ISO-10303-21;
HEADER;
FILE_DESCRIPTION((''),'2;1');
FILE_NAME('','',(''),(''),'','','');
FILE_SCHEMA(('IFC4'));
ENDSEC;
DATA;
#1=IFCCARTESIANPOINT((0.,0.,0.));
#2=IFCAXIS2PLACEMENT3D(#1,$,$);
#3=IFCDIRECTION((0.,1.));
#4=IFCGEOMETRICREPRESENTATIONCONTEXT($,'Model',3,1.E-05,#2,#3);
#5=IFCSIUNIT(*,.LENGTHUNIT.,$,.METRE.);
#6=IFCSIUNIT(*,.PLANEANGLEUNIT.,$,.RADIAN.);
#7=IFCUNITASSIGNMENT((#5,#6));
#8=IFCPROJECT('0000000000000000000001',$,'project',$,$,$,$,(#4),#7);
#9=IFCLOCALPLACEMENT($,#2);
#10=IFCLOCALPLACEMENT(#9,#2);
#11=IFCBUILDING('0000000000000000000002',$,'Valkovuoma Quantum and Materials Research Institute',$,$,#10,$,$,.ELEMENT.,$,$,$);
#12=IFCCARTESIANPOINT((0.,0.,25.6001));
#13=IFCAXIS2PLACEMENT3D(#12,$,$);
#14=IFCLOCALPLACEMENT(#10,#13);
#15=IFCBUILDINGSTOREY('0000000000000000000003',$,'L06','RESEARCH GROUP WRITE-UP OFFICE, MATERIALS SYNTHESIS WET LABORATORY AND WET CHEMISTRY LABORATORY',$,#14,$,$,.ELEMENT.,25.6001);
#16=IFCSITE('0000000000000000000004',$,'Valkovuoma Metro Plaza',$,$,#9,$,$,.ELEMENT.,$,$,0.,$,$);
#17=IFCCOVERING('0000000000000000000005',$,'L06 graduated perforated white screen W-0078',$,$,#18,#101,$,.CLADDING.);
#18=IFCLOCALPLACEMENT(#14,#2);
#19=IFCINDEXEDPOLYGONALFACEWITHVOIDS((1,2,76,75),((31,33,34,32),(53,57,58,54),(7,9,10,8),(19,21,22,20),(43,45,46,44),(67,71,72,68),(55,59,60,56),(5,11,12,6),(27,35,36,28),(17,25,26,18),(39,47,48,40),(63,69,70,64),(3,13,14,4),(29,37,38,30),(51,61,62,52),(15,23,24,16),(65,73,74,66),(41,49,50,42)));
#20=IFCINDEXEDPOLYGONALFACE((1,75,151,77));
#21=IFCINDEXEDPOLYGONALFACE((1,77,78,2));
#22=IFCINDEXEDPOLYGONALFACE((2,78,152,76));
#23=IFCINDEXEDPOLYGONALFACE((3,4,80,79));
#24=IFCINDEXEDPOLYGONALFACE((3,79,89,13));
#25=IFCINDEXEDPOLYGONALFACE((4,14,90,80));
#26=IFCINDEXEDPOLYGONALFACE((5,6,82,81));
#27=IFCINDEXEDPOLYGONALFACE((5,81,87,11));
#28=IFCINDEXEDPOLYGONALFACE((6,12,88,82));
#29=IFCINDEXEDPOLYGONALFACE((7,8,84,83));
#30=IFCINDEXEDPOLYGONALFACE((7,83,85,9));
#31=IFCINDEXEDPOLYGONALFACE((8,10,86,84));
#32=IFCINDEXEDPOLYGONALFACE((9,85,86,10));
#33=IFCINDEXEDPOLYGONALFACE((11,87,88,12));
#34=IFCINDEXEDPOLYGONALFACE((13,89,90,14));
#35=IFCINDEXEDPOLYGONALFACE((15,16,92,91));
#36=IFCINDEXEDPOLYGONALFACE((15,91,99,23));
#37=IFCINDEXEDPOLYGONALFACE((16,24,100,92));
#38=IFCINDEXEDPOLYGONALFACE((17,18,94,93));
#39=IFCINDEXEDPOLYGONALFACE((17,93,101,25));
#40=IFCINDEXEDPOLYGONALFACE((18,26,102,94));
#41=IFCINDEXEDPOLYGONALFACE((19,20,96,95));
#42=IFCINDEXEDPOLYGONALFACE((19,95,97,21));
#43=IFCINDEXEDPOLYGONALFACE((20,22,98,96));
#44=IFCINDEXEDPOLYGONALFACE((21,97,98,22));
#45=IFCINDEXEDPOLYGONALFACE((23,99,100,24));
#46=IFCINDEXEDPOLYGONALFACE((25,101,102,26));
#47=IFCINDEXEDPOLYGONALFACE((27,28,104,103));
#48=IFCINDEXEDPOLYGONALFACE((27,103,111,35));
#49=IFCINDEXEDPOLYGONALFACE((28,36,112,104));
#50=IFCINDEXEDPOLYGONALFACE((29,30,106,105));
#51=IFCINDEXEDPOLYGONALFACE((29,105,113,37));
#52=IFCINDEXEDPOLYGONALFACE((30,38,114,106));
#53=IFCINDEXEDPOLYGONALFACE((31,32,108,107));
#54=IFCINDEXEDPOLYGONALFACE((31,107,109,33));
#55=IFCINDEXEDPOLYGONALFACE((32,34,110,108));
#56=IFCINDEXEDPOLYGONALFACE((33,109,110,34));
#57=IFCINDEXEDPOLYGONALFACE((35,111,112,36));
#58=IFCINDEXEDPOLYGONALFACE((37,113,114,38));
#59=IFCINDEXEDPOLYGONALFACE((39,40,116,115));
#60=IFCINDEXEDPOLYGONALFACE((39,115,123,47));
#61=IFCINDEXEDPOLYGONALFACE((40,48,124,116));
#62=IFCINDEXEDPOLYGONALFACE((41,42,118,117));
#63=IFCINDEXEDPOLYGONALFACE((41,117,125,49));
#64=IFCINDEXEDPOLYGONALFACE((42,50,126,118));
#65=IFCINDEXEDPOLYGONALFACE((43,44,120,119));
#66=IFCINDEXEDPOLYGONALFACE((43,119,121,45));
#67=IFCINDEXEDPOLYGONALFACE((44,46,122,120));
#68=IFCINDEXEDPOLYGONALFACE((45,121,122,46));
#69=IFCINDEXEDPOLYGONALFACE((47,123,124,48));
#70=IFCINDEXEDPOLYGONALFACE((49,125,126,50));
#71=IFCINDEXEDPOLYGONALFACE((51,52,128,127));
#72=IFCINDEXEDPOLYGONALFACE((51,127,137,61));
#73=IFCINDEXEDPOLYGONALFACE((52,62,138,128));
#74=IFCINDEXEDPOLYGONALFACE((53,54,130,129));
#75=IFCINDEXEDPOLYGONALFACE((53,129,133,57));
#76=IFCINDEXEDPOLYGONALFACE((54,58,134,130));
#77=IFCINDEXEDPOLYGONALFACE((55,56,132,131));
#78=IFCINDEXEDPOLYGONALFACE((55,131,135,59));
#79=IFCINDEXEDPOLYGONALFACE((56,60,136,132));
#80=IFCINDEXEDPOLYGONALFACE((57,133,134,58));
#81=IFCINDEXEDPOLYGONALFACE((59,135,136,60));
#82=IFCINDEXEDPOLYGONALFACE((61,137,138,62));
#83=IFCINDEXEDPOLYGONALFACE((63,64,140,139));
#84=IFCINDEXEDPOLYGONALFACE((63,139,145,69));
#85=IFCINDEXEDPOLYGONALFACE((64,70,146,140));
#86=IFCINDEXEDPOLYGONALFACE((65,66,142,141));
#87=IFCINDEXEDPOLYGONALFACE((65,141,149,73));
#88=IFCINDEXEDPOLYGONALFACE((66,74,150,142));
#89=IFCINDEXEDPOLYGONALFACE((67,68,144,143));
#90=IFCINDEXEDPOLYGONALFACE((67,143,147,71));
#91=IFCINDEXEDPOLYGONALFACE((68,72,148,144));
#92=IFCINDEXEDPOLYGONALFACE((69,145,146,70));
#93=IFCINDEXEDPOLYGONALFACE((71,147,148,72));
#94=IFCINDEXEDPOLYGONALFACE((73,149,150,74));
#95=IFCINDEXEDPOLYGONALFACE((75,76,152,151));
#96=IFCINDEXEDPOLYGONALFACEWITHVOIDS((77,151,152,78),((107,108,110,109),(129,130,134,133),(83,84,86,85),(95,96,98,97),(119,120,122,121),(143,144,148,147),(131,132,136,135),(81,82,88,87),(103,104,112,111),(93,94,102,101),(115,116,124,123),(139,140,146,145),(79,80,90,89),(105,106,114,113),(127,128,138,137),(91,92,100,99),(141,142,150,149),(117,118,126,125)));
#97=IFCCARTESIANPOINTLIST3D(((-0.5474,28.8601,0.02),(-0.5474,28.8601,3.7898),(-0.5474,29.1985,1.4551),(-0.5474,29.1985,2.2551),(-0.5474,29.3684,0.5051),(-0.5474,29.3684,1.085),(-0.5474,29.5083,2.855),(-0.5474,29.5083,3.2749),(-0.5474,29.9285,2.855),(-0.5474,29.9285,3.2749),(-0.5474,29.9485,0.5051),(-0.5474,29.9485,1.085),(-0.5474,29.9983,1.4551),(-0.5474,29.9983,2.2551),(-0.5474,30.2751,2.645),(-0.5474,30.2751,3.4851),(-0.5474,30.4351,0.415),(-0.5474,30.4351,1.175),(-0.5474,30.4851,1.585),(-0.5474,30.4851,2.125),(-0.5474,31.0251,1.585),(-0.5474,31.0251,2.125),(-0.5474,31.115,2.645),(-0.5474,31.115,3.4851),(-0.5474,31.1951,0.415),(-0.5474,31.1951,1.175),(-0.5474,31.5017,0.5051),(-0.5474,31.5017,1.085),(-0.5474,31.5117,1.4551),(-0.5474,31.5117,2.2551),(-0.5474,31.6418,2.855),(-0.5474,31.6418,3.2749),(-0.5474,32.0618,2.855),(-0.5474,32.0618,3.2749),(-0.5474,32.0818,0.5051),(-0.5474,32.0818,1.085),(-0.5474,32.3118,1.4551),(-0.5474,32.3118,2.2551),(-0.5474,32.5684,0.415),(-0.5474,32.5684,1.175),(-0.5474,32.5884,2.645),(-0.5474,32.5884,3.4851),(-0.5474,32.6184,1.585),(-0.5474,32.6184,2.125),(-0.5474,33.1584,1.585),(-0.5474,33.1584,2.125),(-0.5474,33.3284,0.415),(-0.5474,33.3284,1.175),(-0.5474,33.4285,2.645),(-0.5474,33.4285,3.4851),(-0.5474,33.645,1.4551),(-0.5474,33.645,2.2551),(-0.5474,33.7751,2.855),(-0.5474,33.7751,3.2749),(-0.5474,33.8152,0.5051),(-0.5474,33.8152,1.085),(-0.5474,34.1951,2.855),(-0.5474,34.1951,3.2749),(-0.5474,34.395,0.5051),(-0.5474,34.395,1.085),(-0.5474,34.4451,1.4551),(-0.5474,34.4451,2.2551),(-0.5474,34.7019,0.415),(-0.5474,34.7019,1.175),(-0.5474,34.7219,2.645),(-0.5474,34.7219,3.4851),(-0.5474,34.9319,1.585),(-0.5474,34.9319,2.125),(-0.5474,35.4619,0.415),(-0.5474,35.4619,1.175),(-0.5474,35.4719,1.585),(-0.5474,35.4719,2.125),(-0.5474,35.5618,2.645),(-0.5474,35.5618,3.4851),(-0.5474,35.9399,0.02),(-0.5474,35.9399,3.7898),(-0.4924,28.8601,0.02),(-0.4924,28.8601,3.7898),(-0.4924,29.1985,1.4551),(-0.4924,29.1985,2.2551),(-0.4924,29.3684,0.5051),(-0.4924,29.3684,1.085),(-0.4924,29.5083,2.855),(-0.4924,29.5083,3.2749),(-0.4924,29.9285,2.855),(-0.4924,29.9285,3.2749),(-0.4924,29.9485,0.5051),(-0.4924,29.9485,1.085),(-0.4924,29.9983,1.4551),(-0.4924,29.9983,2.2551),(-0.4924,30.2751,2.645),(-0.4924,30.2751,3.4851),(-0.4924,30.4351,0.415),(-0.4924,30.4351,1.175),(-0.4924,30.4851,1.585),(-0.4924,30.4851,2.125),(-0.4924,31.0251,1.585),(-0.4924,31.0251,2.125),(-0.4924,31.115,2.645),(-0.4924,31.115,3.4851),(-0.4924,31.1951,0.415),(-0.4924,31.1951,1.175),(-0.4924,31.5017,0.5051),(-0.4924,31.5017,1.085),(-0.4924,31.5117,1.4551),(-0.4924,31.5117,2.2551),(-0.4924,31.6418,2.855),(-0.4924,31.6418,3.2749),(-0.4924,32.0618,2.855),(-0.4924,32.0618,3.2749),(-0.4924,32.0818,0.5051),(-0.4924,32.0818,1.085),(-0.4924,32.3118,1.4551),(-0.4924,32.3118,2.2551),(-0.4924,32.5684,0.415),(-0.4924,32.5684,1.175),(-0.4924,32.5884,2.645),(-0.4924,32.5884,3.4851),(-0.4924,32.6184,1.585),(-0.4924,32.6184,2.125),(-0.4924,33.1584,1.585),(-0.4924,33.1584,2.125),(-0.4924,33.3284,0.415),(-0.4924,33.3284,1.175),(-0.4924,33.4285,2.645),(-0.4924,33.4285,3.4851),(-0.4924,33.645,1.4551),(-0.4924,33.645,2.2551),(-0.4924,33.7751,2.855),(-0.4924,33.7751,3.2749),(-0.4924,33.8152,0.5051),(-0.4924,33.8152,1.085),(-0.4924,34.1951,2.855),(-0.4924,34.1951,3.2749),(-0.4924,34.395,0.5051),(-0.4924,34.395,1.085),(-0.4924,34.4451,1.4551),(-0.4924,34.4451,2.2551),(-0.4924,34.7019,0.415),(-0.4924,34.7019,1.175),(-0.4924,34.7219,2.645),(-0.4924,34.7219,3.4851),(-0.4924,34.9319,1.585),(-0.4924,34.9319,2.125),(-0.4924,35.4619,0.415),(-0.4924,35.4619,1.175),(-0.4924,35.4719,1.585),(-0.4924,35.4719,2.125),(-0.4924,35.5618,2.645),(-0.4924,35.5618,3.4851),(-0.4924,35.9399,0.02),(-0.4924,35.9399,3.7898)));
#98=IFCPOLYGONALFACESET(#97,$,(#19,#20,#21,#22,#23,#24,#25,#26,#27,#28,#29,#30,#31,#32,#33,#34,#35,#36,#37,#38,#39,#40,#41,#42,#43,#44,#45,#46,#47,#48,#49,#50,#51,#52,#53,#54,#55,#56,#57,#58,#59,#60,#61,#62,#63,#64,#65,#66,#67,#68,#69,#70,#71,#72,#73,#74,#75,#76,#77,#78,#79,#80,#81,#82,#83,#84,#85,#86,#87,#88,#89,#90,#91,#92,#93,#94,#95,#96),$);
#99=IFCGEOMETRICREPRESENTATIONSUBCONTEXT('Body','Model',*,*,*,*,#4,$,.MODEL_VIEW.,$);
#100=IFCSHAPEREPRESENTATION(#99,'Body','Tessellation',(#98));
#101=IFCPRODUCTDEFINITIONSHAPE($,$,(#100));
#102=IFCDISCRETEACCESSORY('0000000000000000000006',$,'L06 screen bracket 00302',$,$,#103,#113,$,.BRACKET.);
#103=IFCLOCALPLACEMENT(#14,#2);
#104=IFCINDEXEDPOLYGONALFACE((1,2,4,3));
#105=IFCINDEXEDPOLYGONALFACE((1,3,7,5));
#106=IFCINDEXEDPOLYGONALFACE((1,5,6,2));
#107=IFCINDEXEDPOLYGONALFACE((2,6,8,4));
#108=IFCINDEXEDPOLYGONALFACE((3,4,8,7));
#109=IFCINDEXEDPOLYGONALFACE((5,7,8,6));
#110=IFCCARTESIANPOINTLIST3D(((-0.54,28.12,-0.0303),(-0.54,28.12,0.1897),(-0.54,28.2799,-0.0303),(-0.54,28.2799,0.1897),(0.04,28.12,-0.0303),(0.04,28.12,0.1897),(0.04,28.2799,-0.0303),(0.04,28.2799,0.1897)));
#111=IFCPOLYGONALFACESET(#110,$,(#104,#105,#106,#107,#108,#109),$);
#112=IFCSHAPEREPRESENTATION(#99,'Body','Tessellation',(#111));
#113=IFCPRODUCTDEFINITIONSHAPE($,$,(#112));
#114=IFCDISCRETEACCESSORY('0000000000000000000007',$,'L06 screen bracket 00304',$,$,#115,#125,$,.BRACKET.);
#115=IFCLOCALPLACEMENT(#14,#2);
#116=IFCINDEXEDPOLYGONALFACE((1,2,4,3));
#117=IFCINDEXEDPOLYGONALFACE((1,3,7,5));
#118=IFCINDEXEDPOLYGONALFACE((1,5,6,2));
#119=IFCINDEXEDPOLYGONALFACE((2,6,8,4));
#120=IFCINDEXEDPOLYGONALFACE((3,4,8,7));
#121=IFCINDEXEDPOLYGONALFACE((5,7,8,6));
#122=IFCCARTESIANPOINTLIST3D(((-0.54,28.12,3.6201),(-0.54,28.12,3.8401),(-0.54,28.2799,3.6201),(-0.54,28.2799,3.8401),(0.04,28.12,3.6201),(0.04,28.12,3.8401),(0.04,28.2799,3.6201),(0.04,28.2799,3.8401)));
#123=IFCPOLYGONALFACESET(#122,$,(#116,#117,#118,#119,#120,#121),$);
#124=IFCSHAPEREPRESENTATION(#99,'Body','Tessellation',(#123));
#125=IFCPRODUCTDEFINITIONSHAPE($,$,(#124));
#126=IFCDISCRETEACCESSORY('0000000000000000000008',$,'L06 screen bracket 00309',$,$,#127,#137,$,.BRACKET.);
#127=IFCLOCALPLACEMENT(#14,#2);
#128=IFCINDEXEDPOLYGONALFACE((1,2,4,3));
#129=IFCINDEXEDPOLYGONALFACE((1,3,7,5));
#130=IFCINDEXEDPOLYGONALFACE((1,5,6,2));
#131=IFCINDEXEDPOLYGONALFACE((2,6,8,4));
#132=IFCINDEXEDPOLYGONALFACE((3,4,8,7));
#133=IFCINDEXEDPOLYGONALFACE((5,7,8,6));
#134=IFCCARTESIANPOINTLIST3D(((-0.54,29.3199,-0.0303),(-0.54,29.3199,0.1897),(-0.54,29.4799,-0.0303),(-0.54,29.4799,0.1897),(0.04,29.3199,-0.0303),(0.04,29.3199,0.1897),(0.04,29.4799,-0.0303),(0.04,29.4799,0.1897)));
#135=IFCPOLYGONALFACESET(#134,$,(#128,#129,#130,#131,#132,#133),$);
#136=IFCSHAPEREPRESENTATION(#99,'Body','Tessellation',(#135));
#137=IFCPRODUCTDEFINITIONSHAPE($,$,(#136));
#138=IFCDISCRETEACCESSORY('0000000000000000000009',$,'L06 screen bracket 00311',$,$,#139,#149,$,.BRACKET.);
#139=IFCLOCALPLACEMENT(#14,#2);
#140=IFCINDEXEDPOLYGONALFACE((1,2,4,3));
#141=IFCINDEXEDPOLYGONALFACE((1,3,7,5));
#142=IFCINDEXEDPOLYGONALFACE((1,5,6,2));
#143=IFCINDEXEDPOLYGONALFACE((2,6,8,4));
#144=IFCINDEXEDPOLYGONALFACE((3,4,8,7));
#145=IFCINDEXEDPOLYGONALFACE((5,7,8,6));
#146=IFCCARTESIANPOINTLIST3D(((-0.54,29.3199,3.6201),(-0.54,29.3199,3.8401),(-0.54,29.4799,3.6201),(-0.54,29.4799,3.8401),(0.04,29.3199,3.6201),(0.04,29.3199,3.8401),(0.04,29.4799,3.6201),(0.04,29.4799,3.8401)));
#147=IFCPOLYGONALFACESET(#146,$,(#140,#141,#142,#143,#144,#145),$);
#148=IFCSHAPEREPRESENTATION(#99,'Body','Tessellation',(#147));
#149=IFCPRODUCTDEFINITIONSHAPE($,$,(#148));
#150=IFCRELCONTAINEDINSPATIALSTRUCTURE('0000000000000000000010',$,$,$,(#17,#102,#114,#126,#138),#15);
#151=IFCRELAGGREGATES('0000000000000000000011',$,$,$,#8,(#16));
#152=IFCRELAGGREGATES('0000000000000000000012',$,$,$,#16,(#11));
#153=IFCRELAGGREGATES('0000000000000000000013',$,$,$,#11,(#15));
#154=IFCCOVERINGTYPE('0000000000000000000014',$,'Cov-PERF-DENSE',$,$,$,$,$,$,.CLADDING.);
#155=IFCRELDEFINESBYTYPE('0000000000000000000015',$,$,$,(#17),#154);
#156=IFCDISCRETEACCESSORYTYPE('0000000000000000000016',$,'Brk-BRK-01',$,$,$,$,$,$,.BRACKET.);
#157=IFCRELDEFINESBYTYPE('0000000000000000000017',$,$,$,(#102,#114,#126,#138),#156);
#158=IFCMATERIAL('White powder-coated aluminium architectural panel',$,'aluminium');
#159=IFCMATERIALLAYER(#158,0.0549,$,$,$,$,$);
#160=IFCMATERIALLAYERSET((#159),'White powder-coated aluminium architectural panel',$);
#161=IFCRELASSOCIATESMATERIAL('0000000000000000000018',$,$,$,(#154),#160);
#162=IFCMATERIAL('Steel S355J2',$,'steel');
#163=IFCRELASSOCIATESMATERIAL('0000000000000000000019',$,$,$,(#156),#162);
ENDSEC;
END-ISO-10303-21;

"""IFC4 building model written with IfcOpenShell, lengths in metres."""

from ifc_helpers import new_model, si_unit, direction, frame, origin, origin_2d, place, context, subcontext, project, spatial, polyline, rectangle, outline, extrude, material, layer, layer_set, type_object, element, save


model = new_model("IFC4")

# Units and contexts
model_context = context("Model", 3, precision=1e-05, world=origin(), true_north=direction((0.0, 1.0)))
body_context = subcontext(model_context, "Body", "Model", "MODEL_VIEW")
ifc_project = project(units=[si_unit("LENGTHUNIT", "METRE"), si_unit("PLANEANGLEUNIT", "RADIAN")], contexts=[model_context])

# Site, building, storey
site_placement = place(None, origin())
site = spatial("IfcSite", under=ifc_project, at=site_placement, Name="Valkovuoma Metro Plaza", CompositionType="ELEMENT", RefElevation=0.0)
building_placement = place(site_placement, origin())
building = spatial("IfcBuilding", under=site, at=building_placement, Name="Valkovuoma Quantum and Materials Research Institute", CompositionType="ELEMENT")
storey_placement = place(building_placement, frame((0.0, 0.0, 25.6001)))
storey = spatial("IfcBuildingStorey", under=building, at=storey_placement, Name="L06", Description="RESEARCH GROUP WRITE-UP OFFICE, MATERIALS SYNTHESIS WET LABORATORY AND WET CHEMISTRY LABORATORY", CompositionType="ELEMENT", Elevation=25.6001)

# Covering
ifc_material_1 = material(Name="White powder-coated aluminium architectural panel", Category="aluminium")
ifc_layer_1 = layer(ifc_material_1, 0.0549)
ifc_layer_set_1 = layer_set([ifc_layer_1], Name="White powder-coated aluminium architectural panel")
covering_type = type_object("IfcCoveringType", Name="Cov-PERF-DENSE", PredefinedType="CLADDING", material=ifc_layer_set_1)
covering_placement = place(storey_placement, frame((-0.52, 28.8601, 0.02), z_axis=(0.0, 0.0, 1.0), x_axis=(0.0, 1.0, 0.0)))
element("IfcCovering", 1, at=covering_placement, inside=storey, type_object=covering_type, Name="L06 graduated perforated white screen W-0078", PredefinedType="CLADDING", context=body_context, shape_type="SweptSolid", body=[
    extrude(outline(polyline([(0.0, 0.0), (7.0798, 0.0), (7.0798, 3.7698), (0.0, 3.7698), (0.0, 0.0)]), holes=[polyline([(0.5083, 0.4851), (0.5083, 1.0649), (1.0884, 1.0649), (1.0884, 0.4851), (0.5083, 0.4851)]), polyline([(0.3384, 1.4351), (0.3384, 2.2351), (1.1382, 2.2351), (1.1382, 1.4351), (0.3384, 1.4351)]), polyline([(0.6482, 2.835), (0.6482, 3.2549), (1.0684, 3.2549), (1.0684, 2.835), (0.6482, 2.835)]), polyline([(1.575, 0.395), (1.575, 1.155), (2.335, 1.155), (2.335, 0.395), (1.575, 0.395)]), polyline([(1.625, 1.5649), (1.625, 2.105), (2.165, 2.105), (2.165, 1.5649), (1.625, 1.5649)]), polyline([(1.415, 2.625), (1.415, 3.4651), (2.2549, 3.4651), (2.2549, 2.625), (1.415, 2.625)]), polyline([(2.6416, 0.4851), (2.6416, 1.0649), (3.2217, 1.0649), (3.2217, 0.4851), (2.6416, 0.4851)]), polyline([(2.6516, 1.4351), (2.6516, 2.2351), (3.4517, 2.2351), (3.4517, 1.4351), (2.6516, 1.4351)]), polyline([(2.7817, 2.835), (2.7817, 3.2549), (3.2017, 3.2549), (3.2017, 2.835), (2.7817, 2.835)]), polyline([(3.7083, 0.395), (3.7083, 1.155), (4.4683, 1.155), (4.4683, 0.395), (3.7083, 0.395)]), polyline([(3.7583, 1.5649), (3.7583, 2.105), (4.2983, 2.105), (4.2983, 1.5649), (3.7583, 1.5649)]), polyline([(3.7283, 2.625), (3.7283, 3.4651), (4.5684, 3.4651), (4.5684, 2.625), (3.7283, 2.625)]), polyline([(4.9551, 0.4851), (4.9551, 1.0649), (5.5349, 1.0649), (5.5349, 0.4851), (4.9551, 0.4851)]), polyline([(4.7849, 1.4351), (4.7849, 2.2351), (5.585, 2.2351), (5.585, 1.4351), (4.7849, 1.4351)]), polyline([(4.915, 2.835), (4.915, 3.2549), (5.335, 3.2549), (5.335, 2.835), (4.915, 2.835)]), polyline([(5.8418, 0.395), (5.8418, 1.155), (6.6018, 1.155), (6.6018, 0.395), (5.8418, 0.395)]), polyline([(6.0718, 1.5649), (6.0718, 2.105), (6.6118, 2.105), (6.6118, 1.5649), (6.0718, 1.5649)]), polyline([(5.8618, 2.625), (5.8618, 3.4651), (6.7017, 3.4651), (6.7017, 2.625), (5.8618, 2.625)])]), frame((0.0, 0.0273, 0.0), z_axis=(0.0, -1.0, 0.0), x_axis=(1.0, 0.0, 0.0)), (0.0, 0.0, 1.0), 0.0549),
])

# Discrete accessories
ifc_material_2 = material(Name="Steel S355J2", Category="steel")
discrete_accessory_type = type_object("IfcDiscreteAccessoryType", Name="Brk-BRK-01", PredefinedType="BRACKET", material=ifc_material_2)
for number, where, z_axis, x_axis, name in (
    (2, (-0.25, 28.2, -0.0303), (0.0, 0.0, 1.0), (1.0, 0.0, 0.0), "L06 screen bracket 00302"),
    (3, (-0.25, 28.2, 3.6201), (0.0, 0.0, 1.0), (1.0, 0.0, 0.0), "L06 screen bracket 00304"),
    (4, (-0.25, 29.3999, -0.0303), (0.0, 0.0, 1.0), (1.0, 0.0, 0.0), "L06 screen bracket 00309"),
    (5, (-0.25, 29.3999, 3.6201), (0.0, 0.0, 1.0), (1.0, 0.0, 0.0), "L06 screen bracket 00311"),
):
    element("IfcDiscreteAccessory", number, at=place(storey_placement, frame(where, z_axis=z_axis, x_axis=x_axis)), inside=storey, type_object=discrete_accessory_type, Name=name, PredefinedType="BRACKET", context=body_context, shape_type="SweptSolid", body=[
        extrude(rectangle(XDim=0.5801, YDim=0.1599, at=origin_2d()), origin(), (0.0, 0.0, 1.0), 0.22),
    ])

save(model, "model.ifc")
